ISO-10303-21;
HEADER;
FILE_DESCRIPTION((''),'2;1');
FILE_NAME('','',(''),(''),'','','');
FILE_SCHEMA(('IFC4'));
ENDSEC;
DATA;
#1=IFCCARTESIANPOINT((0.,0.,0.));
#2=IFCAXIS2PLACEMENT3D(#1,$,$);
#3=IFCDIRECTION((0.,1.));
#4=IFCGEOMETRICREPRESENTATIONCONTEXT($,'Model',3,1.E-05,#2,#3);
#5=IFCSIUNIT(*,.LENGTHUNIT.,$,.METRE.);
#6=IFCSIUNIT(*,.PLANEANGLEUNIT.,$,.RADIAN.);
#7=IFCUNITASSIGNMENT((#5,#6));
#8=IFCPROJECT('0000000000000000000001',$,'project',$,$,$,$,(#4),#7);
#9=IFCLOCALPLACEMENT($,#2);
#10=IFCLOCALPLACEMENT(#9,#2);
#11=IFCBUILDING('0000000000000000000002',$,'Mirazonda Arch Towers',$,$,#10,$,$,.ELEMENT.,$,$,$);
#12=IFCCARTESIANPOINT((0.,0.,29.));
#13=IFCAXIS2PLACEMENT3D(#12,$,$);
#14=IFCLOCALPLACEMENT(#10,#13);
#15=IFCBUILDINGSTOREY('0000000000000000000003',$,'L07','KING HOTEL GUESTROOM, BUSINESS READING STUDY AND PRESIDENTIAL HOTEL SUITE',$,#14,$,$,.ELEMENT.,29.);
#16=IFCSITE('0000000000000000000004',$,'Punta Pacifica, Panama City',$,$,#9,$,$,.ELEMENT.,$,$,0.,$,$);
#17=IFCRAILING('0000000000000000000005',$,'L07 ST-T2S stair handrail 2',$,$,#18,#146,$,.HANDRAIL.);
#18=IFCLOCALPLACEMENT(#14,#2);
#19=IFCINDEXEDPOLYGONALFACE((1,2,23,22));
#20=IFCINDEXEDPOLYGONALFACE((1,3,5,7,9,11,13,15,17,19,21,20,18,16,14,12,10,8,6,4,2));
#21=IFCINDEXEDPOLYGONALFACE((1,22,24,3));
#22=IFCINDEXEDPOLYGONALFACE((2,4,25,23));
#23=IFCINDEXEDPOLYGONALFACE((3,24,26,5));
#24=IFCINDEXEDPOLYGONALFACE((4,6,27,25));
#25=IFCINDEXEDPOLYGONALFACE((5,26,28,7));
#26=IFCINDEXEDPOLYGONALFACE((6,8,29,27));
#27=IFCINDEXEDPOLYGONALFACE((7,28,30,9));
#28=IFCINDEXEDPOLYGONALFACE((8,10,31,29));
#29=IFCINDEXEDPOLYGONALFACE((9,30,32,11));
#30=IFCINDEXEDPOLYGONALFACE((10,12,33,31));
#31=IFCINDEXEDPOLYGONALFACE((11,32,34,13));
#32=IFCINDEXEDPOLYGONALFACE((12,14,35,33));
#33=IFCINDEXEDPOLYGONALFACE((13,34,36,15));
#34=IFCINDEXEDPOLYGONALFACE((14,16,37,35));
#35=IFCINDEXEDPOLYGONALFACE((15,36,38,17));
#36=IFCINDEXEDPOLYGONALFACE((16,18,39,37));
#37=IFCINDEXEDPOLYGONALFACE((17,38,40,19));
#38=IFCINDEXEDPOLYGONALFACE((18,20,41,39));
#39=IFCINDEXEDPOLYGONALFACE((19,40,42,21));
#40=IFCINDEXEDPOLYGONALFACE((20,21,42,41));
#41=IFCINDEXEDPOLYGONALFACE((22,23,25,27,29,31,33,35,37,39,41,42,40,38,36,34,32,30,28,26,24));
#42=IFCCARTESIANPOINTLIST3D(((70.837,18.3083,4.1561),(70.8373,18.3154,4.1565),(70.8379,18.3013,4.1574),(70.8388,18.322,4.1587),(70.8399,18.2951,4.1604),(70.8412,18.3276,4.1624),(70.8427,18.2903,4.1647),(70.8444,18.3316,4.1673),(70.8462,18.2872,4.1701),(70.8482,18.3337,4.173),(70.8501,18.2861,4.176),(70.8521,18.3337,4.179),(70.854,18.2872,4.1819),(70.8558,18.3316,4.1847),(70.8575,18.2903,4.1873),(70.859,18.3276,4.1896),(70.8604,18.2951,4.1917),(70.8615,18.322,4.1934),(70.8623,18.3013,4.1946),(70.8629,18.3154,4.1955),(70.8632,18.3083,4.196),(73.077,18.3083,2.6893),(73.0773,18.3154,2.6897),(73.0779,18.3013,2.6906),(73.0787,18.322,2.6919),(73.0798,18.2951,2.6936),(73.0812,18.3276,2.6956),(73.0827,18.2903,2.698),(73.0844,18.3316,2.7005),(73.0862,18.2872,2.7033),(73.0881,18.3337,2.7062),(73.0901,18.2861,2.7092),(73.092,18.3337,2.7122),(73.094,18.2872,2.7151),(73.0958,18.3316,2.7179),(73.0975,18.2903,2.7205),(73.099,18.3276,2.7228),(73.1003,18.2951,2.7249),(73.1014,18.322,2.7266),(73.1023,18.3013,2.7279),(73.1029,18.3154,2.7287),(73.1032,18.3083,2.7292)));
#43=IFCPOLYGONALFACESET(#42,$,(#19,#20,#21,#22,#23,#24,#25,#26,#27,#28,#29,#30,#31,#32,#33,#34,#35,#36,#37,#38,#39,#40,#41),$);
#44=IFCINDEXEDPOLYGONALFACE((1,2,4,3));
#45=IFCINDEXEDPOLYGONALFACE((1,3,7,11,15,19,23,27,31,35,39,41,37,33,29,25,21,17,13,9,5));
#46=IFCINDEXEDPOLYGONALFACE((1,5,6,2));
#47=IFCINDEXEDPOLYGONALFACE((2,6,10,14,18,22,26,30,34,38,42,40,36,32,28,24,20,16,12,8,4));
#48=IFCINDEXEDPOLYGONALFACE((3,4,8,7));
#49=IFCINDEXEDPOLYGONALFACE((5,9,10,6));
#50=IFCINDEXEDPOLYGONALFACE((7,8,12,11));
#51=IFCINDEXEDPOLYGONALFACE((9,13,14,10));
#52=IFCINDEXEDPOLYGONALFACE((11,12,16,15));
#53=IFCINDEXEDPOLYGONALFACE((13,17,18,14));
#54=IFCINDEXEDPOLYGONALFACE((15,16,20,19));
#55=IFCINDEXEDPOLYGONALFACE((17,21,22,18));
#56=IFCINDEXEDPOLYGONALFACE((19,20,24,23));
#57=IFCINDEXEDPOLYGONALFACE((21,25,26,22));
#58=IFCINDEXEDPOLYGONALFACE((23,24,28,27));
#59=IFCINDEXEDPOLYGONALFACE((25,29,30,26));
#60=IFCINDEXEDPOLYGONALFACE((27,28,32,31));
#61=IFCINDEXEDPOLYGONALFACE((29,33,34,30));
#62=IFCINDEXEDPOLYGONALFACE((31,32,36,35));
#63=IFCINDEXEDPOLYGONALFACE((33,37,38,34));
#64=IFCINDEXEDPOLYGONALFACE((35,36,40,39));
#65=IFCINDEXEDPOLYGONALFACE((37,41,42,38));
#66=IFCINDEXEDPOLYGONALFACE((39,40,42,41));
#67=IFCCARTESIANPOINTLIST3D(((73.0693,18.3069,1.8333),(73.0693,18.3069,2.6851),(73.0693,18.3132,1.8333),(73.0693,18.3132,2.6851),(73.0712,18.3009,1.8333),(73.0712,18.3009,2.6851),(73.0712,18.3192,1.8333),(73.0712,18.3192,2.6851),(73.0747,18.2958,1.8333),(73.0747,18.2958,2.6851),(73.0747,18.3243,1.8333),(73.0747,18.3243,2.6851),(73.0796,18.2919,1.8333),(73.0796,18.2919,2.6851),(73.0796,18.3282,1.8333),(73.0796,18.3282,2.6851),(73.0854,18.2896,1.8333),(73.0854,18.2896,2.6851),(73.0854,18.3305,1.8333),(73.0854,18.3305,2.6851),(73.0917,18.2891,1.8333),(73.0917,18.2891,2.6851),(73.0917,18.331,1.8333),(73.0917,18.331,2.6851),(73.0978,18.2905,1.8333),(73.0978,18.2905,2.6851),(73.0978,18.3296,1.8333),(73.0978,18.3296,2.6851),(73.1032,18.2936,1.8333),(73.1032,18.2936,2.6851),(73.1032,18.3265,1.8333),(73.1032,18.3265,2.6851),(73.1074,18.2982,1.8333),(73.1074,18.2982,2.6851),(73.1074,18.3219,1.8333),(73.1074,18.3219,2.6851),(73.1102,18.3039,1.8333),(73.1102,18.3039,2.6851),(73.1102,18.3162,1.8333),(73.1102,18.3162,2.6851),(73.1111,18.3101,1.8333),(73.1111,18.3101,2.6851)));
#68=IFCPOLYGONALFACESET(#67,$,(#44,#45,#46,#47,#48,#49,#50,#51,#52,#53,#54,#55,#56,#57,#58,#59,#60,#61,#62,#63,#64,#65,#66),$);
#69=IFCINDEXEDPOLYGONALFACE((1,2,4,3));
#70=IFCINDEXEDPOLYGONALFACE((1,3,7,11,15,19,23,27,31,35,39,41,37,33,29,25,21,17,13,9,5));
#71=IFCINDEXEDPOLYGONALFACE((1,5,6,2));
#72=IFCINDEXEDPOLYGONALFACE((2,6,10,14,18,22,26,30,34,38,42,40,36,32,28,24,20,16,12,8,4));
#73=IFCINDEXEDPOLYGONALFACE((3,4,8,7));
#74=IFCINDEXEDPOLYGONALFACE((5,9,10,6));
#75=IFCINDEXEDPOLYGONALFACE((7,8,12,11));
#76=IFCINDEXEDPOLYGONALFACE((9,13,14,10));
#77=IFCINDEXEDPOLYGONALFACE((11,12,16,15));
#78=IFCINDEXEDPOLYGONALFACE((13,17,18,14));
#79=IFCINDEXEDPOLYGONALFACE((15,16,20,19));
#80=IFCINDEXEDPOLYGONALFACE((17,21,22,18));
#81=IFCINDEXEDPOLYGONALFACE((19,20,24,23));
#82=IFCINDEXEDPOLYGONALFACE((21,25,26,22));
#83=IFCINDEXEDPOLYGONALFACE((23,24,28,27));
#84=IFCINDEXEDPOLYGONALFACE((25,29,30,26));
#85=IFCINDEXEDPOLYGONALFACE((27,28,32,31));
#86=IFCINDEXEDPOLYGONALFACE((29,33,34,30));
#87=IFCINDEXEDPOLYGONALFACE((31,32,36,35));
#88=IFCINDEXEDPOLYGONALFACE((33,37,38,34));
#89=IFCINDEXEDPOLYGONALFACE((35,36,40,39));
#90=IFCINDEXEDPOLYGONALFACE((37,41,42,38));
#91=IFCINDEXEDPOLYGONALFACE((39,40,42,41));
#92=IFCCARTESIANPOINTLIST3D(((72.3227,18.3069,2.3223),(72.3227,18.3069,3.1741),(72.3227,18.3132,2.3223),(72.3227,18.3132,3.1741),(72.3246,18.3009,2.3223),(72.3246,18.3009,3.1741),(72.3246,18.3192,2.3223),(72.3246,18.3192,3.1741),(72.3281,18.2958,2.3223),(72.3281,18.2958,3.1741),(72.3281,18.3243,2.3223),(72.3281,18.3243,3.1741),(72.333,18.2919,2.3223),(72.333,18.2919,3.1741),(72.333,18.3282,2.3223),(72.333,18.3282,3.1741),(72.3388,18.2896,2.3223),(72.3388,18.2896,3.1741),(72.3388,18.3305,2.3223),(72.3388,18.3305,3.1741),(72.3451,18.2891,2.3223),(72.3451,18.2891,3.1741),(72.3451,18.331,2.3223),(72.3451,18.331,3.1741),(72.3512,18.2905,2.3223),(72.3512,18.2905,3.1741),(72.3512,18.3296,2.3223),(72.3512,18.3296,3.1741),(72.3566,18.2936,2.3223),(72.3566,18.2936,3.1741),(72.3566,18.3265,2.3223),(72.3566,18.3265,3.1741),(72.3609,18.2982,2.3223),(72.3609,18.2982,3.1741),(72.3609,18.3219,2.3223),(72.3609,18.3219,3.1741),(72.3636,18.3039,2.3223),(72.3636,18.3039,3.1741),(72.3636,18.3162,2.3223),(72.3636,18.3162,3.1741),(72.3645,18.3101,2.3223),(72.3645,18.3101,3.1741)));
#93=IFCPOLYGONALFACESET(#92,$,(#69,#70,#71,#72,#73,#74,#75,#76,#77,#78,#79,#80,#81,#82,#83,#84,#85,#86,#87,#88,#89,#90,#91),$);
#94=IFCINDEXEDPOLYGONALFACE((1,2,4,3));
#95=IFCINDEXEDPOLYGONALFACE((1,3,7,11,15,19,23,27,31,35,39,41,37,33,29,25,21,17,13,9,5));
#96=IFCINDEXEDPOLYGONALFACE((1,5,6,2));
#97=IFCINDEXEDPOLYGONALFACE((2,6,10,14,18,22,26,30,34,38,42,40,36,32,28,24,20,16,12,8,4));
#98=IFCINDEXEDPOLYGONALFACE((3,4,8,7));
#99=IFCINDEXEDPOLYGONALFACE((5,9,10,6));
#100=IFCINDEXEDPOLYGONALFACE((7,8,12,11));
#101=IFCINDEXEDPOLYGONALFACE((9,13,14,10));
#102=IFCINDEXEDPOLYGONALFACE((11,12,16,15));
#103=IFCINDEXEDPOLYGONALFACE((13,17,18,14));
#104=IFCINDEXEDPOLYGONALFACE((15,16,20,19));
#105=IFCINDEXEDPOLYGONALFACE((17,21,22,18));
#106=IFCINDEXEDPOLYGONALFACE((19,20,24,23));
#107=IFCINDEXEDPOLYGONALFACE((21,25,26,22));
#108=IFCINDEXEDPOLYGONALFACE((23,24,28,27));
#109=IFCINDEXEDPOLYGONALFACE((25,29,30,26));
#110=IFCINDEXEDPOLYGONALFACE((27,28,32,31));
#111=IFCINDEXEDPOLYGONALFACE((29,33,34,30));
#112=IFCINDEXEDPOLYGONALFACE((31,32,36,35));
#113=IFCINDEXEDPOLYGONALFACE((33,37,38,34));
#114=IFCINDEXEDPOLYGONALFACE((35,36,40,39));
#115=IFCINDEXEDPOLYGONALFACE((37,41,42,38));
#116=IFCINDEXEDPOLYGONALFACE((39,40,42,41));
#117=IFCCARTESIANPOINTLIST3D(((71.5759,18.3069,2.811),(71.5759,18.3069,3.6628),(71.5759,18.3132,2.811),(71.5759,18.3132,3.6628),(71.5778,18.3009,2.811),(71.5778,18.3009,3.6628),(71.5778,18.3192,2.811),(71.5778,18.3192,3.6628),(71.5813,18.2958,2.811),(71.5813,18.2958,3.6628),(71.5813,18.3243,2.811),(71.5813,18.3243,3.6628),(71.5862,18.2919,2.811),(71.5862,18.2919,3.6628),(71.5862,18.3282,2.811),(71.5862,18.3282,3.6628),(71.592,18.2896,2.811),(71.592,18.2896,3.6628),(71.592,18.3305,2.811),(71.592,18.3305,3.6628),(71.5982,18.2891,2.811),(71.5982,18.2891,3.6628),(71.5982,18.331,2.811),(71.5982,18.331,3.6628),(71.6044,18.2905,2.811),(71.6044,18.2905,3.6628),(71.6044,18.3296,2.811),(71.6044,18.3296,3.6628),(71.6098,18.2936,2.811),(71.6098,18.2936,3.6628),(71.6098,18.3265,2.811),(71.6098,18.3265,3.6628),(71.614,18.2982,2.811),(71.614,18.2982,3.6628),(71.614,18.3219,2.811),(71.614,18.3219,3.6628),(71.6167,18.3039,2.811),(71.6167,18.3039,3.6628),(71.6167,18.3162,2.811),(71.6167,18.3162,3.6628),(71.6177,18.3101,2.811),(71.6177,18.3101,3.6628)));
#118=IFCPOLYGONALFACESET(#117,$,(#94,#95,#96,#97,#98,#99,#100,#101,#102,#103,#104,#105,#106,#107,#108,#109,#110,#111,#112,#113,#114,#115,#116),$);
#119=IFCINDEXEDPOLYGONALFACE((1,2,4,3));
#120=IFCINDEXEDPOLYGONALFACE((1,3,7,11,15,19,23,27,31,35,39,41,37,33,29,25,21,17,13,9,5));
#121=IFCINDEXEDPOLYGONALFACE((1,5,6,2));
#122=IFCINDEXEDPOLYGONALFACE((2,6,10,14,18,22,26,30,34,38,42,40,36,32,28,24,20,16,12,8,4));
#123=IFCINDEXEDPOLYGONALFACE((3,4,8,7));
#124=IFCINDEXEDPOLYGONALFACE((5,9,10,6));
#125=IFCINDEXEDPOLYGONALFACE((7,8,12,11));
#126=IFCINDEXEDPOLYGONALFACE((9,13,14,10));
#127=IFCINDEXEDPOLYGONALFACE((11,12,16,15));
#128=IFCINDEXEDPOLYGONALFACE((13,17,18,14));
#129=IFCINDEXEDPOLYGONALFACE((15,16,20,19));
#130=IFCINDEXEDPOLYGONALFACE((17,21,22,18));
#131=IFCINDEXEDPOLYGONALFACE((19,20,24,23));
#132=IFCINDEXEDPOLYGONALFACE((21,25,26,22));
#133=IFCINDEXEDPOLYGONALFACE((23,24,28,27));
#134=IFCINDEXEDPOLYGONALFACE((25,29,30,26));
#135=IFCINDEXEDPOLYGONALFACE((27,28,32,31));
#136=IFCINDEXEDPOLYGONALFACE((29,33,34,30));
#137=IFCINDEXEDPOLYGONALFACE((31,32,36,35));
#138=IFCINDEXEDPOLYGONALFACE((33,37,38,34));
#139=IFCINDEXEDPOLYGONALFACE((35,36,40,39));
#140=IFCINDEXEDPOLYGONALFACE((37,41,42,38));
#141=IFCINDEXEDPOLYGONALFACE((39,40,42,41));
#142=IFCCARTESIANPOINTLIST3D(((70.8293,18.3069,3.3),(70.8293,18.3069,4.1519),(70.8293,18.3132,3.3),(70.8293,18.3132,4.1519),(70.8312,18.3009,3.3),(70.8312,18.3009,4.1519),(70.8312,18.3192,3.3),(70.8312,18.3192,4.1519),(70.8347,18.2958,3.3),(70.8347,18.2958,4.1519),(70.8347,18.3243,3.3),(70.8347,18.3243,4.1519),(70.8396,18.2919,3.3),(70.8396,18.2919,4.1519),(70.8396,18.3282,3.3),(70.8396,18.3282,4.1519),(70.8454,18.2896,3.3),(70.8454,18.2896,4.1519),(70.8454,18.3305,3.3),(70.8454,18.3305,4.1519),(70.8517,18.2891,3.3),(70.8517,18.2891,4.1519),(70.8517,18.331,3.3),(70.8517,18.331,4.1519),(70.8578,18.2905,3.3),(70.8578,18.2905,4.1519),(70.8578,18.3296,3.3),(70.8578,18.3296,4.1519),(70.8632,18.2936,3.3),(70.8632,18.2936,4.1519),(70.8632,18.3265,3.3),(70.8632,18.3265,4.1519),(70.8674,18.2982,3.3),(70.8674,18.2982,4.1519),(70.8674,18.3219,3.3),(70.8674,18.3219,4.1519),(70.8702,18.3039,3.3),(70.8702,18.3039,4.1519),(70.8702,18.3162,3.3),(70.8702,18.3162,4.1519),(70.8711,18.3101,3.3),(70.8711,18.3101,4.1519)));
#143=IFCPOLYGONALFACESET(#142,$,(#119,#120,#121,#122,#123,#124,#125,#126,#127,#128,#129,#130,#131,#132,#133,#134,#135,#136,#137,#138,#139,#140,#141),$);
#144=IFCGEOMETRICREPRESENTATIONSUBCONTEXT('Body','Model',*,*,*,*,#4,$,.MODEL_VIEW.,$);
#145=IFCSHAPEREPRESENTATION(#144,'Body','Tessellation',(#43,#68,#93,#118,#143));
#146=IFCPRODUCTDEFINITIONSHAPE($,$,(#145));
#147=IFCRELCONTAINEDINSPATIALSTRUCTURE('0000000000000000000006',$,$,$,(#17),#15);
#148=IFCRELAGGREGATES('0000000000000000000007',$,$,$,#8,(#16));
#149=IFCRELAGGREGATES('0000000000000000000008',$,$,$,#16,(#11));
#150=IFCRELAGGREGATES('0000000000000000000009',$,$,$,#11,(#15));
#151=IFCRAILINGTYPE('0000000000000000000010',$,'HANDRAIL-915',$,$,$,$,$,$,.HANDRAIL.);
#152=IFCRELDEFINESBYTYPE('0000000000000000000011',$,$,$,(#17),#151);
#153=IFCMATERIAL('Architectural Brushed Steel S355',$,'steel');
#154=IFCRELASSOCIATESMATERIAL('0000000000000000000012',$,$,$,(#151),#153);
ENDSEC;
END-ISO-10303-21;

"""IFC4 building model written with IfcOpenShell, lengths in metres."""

from ifc_helpers import new_model, si_unit, direction, frame, origin, origin_2d, place, context, subcontext, project, spatial, circle, extrude, material, type_object, element, save


model = new_model("IFC4")

# Units and contexts
model_context = context("Model", 3, precision=1e-05, world=origin(), true_north=direction((0.0, 1.0)))
body_context = subcontext(model_context, "Body", "Model", "MODEL_VIEW")
ifc_project = project(units=[si_unit("LENGTHUNIT", "METRE"), si_unit("PLANEANGLEUNIT", "RADIAN")], contexts=[model_context])

# Site, building, storey
site_placement = place(None, origin())
site = spatial("IfcSite", under=ifc_project, at=site_placement, Name="Punta Pacifica, Panama City", CompositionType="ELEMENT", RefElevation=0.0)
building_placement = place(site_placement, origin())
building = spatial("IfcBuilding", under=site, at=building_placement, Name="Mirazonda Arch Towers", CompositionType="ELEMENT")
storey_placement = place(building_placement, frame((0.0, 0.0, 29.0)))
storey = spatial("IfcBuildingStorey", under=building, at=storey_placement, Name="L07", Description="KING HOTEL GUESTROOM, BUSINESS READING STUDY AND PRESIDENTIAL HOTEL SUITE", CompositionType="ELEMENT", Elevation=29.0)

# Railing
ifc_material_1 = material(Name="Architectural Brushed Steel S355", Category="steel")
railing_type_1 = type_object("IfcRailingType", Name="HANDRAIL-915", PredefinedType="HANDRAIL", material=ifc_material_1)
railing_1_placement = place(storey_placement, frame((73.0901, 18.3101, 1.8333)))
element("IfcRailing", 1, at=railing_1_placement, inside=storey, type_object=railing_type_1, Name="L07 ST-T2S stair handrail 2", PredefinedType="HANDRAIL", context=body_context, shape_type="SweptSolid", body=[
    extrude(circle(Radius=0.0239, at=origin_2d()), frame((0.0, 0.0, 0.876), z_axis=(-0.836595, 0.0, 0.547822), x_axis=(0.0, -1.0, 0.0)), (0.0, 0.0, 1.0), 2.6775),
    extrude(circle(Radius=0.021, at=origin_2d()), origin(), (0.0, 0.0, 1.0), 0.8518),
    extrude(circle(Radius=0.021, at=origin_2d()), frame((-0.7466, 0.0, 0.489)), (0.0, 0.0, 1.0), 0.8518),
    extrude(circle(Radius=0.021, at=origin_2d()), frame((-1.4934, 0.0, 0.9778)), (0.0, 0.0, 1.0), 0.8518),
    extrude(circle(Radius=0.021, at=origin_2d()), frame((-2.24, 0.0, 1.4668)), (0.0, 0.0, 1.0), 0.8518),
])

save(model, "model.ifc")
